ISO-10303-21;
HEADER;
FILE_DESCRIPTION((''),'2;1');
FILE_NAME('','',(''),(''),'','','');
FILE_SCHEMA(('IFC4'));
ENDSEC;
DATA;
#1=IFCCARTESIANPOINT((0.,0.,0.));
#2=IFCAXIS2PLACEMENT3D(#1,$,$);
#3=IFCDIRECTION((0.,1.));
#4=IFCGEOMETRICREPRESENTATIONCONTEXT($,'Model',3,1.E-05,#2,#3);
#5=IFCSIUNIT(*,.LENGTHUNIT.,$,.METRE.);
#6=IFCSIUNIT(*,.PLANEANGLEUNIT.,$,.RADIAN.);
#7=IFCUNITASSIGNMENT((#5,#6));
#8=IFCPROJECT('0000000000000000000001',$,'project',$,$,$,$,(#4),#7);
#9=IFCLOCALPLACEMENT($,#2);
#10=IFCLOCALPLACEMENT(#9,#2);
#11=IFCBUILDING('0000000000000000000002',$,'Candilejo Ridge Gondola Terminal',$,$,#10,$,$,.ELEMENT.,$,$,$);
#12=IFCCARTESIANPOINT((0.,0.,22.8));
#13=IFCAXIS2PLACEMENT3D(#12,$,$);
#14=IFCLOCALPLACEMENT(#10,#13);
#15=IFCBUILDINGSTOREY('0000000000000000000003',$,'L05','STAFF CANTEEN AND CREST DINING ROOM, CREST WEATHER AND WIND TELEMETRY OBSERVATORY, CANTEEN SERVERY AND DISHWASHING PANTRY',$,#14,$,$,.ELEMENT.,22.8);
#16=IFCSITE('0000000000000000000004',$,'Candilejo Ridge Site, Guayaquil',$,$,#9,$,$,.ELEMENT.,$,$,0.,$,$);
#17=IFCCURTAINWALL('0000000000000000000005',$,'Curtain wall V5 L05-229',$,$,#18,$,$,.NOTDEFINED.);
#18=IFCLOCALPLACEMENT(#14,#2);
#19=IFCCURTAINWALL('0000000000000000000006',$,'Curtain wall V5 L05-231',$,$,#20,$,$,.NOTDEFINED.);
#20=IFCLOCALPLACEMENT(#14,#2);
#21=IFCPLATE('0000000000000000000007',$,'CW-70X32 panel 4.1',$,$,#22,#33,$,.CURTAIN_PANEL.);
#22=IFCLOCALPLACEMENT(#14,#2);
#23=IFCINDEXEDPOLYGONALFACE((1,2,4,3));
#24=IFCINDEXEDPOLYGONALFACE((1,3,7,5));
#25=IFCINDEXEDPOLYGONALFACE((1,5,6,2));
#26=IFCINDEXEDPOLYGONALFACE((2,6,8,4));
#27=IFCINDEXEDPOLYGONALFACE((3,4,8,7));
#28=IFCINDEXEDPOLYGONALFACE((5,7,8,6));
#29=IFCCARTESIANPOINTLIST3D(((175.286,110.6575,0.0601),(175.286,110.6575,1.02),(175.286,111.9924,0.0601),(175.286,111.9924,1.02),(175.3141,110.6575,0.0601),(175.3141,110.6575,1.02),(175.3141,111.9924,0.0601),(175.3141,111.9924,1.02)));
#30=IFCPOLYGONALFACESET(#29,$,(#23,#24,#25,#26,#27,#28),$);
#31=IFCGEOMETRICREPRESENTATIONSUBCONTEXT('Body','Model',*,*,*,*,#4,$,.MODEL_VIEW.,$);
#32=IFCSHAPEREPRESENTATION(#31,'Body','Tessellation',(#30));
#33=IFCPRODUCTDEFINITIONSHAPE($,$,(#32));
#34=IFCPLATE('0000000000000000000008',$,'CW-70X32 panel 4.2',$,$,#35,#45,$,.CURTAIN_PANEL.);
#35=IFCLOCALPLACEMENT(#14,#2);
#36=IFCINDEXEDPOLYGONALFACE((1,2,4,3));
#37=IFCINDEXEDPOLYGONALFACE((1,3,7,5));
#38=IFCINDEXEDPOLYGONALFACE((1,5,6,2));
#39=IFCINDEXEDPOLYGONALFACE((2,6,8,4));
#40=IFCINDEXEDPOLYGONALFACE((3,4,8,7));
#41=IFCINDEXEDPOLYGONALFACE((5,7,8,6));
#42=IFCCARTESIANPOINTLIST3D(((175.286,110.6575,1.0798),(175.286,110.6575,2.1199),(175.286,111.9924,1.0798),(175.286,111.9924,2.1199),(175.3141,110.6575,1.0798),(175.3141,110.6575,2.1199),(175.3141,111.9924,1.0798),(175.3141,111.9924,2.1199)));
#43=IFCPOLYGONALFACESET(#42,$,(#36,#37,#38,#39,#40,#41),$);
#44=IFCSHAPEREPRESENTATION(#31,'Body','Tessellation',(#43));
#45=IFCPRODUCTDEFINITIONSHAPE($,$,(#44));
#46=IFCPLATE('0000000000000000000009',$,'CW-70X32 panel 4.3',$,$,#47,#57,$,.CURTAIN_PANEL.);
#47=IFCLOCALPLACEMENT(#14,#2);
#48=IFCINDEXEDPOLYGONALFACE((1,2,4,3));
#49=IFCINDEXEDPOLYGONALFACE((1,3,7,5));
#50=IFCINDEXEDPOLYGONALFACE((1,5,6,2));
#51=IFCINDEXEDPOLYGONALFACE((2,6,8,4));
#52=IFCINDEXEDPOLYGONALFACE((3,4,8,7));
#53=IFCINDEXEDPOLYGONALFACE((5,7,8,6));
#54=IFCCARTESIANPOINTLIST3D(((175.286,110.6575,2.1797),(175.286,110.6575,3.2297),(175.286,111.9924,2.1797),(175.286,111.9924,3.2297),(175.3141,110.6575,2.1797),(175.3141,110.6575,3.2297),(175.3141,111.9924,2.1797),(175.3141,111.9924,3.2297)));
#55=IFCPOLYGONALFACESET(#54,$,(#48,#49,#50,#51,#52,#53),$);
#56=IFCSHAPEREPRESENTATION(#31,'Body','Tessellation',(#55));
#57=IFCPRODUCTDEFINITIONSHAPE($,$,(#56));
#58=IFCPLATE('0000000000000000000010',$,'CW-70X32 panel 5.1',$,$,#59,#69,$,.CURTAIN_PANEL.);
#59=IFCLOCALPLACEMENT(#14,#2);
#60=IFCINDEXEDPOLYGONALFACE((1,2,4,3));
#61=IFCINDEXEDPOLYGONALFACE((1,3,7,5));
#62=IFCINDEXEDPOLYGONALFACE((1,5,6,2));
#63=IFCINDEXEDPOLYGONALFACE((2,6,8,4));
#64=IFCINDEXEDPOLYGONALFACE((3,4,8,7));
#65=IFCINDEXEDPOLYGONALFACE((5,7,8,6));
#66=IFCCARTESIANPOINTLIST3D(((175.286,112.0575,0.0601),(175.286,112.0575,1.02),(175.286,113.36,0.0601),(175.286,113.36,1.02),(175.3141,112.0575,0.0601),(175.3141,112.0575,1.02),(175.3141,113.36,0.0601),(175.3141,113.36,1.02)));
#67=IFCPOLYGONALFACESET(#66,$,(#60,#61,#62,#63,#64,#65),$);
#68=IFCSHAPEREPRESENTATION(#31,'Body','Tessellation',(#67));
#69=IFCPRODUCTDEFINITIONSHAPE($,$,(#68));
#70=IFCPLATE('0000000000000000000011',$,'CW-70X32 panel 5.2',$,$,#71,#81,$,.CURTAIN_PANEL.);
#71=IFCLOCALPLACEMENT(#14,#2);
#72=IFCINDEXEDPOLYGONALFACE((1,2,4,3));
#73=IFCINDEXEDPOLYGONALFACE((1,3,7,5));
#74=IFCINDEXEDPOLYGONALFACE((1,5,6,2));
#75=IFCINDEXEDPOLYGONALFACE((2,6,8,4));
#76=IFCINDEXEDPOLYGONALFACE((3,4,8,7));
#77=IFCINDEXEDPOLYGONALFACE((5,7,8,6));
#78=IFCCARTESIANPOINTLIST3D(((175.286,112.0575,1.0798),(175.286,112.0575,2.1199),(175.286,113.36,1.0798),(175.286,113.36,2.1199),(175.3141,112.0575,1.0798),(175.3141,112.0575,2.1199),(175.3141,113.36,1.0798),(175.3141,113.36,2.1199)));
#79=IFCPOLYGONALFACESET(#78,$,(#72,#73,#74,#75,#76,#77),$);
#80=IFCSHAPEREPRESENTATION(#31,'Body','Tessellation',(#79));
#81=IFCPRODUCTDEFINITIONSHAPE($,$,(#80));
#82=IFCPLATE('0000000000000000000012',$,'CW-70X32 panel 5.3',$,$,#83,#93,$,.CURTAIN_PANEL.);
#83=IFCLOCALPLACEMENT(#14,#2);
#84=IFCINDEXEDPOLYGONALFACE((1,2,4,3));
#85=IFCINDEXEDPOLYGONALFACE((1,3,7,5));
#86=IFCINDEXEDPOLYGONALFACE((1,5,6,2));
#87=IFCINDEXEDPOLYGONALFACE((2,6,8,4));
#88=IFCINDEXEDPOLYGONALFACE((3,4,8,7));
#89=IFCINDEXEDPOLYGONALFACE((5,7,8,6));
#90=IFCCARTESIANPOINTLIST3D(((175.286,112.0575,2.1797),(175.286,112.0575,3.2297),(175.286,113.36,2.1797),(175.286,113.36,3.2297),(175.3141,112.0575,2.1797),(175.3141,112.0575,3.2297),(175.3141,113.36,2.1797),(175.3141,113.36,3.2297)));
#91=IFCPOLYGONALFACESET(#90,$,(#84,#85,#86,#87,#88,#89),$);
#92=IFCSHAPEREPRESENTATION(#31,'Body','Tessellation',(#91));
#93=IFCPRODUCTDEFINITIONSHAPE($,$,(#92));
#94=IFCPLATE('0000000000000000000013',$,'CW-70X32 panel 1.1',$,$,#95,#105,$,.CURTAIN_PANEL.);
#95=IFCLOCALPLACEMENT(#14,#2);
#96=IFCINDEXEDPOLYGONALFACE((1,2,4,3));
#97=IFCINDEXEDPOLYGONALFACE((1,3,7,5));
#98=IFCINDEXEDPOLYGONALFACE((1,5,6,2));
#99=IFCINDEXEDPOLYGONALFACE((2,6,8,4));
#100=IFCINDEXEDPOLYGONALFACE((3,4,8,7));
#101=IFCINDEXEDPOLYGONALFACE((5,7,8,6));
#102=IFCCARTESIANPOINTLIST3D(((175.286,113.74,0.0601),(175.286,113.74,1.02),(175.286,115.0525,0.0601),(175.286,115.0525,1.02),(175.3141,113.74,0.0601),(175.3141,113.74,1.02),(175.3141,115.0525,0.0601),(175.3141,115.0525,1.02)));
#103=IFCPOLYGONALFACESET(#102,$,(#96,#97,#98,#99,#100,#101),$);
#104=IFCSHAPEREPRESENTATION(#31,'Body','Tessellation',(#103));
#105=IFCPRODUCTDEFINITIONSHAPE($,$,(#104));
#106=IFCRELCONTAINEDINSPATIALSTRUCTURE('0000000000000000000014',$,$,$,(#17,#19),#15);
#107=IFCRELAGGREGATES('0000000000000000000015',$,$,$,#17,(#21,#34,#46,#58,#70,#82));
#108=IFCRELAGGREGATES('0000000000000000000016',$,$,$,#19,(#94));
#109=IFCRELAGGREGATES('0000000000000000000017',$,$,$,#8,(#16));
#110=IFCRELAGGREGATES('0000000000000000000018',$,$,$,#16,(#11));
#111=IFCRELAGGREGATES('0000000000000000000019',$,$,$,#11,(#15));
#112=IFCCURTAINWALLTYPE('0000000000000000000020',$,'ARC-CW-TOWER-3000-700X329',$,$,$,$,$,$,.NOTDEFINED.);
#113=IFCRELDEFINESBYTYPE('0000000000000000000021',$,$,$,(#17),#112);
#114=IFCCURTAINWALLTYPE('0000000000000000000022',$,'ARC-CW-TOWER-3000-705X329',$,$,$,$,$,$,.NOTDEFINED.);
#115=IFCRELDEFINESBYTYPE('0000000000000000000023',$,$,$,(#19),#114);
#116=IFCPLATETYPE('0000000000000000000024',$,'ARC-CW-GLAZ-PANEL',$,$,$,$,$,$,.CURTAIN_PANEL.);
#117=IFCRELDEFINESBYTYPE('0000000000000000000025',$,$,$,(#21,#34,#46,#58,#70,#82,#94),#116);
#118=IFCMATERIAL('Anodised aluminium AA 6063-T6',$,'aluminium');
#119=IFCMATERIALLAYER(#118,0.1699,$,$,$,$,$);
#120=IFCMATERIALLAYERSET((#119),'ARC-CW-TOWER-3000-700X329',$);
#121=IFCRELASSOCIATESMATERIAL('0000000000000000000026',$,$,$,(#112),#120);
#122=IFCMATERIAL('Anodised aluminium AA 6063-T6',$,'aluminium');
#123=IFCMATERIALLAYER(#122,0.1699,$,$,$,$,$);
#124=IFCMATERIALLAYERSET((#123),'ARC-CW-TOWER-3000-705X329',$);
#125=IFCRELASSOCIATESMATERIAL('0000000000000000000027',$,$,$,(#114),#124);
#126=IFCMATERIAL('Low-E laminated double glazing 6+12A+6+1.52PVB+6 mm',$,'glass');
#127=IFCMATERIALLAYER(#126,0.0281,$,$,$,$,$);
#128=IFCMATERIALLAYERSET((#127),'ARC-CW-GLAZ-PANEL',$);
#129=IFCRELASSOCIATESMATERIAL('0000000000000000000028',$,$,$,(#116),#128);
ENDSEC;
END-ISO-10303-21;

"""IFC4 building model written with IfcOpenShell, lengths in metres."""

from ifc_helpers import new_model, si_unit, direction, frame, origin, origin_2d, place, context, subcontext, project, spatial, rectangle, extrude, material, layer, layer_set, type_object, element, aggregate, save


model = new_model("IFC4")

# Units and contexts
model_context = context("Model", 3, precision=1e-05, world=origin(), true_north=direction((0.0, 1.0)))
body_context = subcontext(model_context, "Body", "Model", "MODEL_VIEW")
ifc_project = project(units=[si_unit("LENGTHUNIT", "METRE"), si_unit("PLANEANGLEUNIT", "RADIAN")], contexts=[model_context])

# Site, building, storey
site_placement = place(None, origin())
site = spatial("IfcSite", under=ifc_project, at=site_placement, Name="Candilejo Ridge Site, Guayaquil", CompositionType="ELEMENT", RefElevation=0.0)
building_placement = place(site_placement, origin())
building = spatial("IfcBuilding", under=site, at=building_placement, Name="Candilejo Ridge Gondola Terminal", CompositionType="ELEMENT")
storey_placement = place(building_placement, frame((0.0, 0.0, 22.8)))
storey = spatial("IfcBuildingStorey", under=building, at=storey_placement, Name="L05", Description="STAFF CANTEEN AND CREST DINING ROOM, CREST WEATHER AND WIND TELEMETRY OBSERVATORY, CANTEEN SERVERY AND DISHWASHING PANTRY", CompositionType="ELEMENT", Elevation=22.8)

# Curtain wall
ifc_material_1 = material(Name="Anodised aluminium AA 6063-T6", Category="aluminium")
ifc_layer_1 = layer(ifc_material_1, 0.1699)
ifc_layer_set_1 = layer_set([ifc_layer_1], Name="ARC-CW-TOWER-3000-700X329")
curtain_wall_type_1 = type_object("IfcCurtainWallType", Name="ARC-CW-TOWER-3000-700X329", PredefinedType="NOTDEFINED", material=ifc_layer_set_1)
curtain_wall_1_placement = place(storey_placement, origin())
curtain_wall_1 = element("IfcCurtainWall", 1, at=curtain_wall_1_placement, inside=storey, type_object=curtain_wall_type_1, Name="Curtain wall V5 L05-229", PredefinedType="NOTDEFINED")

# Curtain wall
ifc_material_2 = material(Name="Anodised aluminium AA 6063-T6", Category="aluminium")
ifc_layer_2 = layer(ifc_material_2, 0.1699)
ifc_layer_set_2 = layer_set([ifc_layer_2], Name="ARC-CW-TOWER-3000-705X329")
curtain_wall_type_2 = type_object("IfcCurtainWallType", Name="ARC-CW-TOWER-3000-705X329", PredefinedType="NOTDEFINED", material=ifc_layer_set_2)
curtain_wall_2_placement = place(storey_placement, origin())
curtain_wall_2 = element("IfcCurtainWall", 2, at=curtain_wall_2_placement, inside=storey, type_object=curtain_wall_type_2, Name="Curtain wall V5 L05-231", PredefinedType="NOTDEFINED")

# Plates
ifc_material_3 = material(Name="Low-E laminated double glazing 6+12A+6+1.52PVB+6 mm", Category="glass")
ifc_layer_3 = layer(ifc_material_3, 0.0281)
ifc_layer_set_3 = layer_set([ifc_layer_3], Name="ARC-CW-GLAZ-PANEL")
plate_type = type_object("IfcPlateType", Name="ARC-CW-GLAZ-PANEL", PredefinedType="CURTAIN_PANEL", material=ifc_layer_set_3)
plate_1_placement = place(storey_placement, frame((175.3, 111.325, 0.0601), z_axis=(0.0, 0.0, 1.0), x_axis=(0.0, 1.0, 0.0)))
plate_1 = element("IfcPlate", 3, at=plate_1_placement, type_object=plate_type, Name="CW-70X32 panel 4.1", PredefinedType="CURTAIN_PANEL", context=body_context, shape_type="SweptSolid", body=[
    extrude(rectangle(XDim=1.335, YDim=0.0281, at=origin_2d()), origin(), (0.0, 0.0, 1.0), 0.96),
])
plate_2_placement = place(storey_placement, frame((175.3, 111.325, 1.0798), z_axis=(0.0, 0.0, 1.0), x_axis=(0.0, 1.0, 0.0)))
plate_2 = element("IfcPlate", 4, at=plate_2_placement, type_object=plate_type, Name="CW-70X32 panel 4.2", PredefinedType="CURTAIN_PANEL", context=body_context, shape_type="SweptSolid", body=[
    extrude(rectangle(XDim=1.335, YDim=0.0281, at=origin_2d()), origin(), (0.0, 0.0, 1.0), 1.04),
])
plate_3_placement = place(storey_placement, frame((175.3, 111.325, 2.1797), z_axis=(0.0, 0.0, 1.0), x_axis=(0.0, 1.0, 0.0)))
plate_3 = element("IfcPlate", 5, at=plate_3_placement, type_object=plate_type, Name="CW-70X32 panel 4.3", PredefinedType="CURTAIN_PANEL", context=body_context, shape_type="SweptSolid", body=[
    extrude(rectangle(XDim=1.335, YDim=0.0281, at=origin_2d()), origin(), (0.0, 0.0, 1.0), 1.05),
])
plate_4_placement = place(storey_placement, frame((175.3, 112.7087, 0.0601), z_axis=(0.0, 0.0, 1.0), x_axis=(0.0, 1.0, 0.0)))
plate_4 = element("IfcPlate", 6, at=plate_4_placement, type_object=plate_type, Name="CW-70X32 panel 5.1", PredefinedType="CURTAIN_PANEL", context=body_context, shape_type="SweptSolid", body=[
    extrude(rectangle(XDim=1.3025, YDim=0.0281, at=origin_2d()), origin(), (0.0, 0.0, 1.0), 0.96),
])
plate_5_placement = place(storey_placement, frame((175.3, 112.7087, 1.0798), z_axis=(0.0, 0.0, 1.0), x_axis=(0.0, 1.0, 0.0)))
plate_5 = element("IfcPlate", 7, at=plate_5_placement, type_object=plate_type, Name="CW-70X32 panel 5.2", PredefinedType="CURTAIN_PANEL", context=body_context, shape_type="SweptSolid", body=[
    extrude(rectangle(XDim=1.3025, YDim=0.0281, at=origin_2d()), origin(), (0.0, 0.0, 1.0), 1.04),
])
plate_6_placement = place(storey_placement, frame((175.3, 112.7087, 2.1797), z_axis=(0.0, 0.0, 1.0), x_axis=(0.0, 1.0, 0.0)))
plate_6 = element("IfcPlate", 8, at=plate_6_placement, type_object=plate_type, Name="CW-70X32 panel 5.3", PredefinedType="CURTAIN_PANEL", context=body_context, shape_type="SweptSolid", body=[
    extrude(rectangle(XDim=1.3025, YDim=0.0281, at=origin_2d()), origin(), (0.0, 0.0, 1.0), 1.05),
])
aggregate(curtain_wall_1, [plate_1, plate_2, plate_3, plate_4, plate_5, plate_6])
plate_7_placement = place(storey_placement, frame((175.3, 114.3962, 0.0601), z_axis=(0.0, 0.0, 1.0), x_axis=(0.0, 1.0, 0.0)))
plate_7 = element("IfcPlate", 9, at=plate_7_placement, type_object=plate_type, Name="CW-70X32 panel 1.1", PredefinedType="CURTAIN_PANEL", context=body_context, shape_type="SweptSolid", body=[
    extrude(rectangle(XDim=1.3125, YDim=0.0281, at=origin_2d()), origin(), (0.0, 0.0, 1.0), 0.96),
])
aggregate(curtain_wall_2, [plate_7])

save(model, "model.ifc")
